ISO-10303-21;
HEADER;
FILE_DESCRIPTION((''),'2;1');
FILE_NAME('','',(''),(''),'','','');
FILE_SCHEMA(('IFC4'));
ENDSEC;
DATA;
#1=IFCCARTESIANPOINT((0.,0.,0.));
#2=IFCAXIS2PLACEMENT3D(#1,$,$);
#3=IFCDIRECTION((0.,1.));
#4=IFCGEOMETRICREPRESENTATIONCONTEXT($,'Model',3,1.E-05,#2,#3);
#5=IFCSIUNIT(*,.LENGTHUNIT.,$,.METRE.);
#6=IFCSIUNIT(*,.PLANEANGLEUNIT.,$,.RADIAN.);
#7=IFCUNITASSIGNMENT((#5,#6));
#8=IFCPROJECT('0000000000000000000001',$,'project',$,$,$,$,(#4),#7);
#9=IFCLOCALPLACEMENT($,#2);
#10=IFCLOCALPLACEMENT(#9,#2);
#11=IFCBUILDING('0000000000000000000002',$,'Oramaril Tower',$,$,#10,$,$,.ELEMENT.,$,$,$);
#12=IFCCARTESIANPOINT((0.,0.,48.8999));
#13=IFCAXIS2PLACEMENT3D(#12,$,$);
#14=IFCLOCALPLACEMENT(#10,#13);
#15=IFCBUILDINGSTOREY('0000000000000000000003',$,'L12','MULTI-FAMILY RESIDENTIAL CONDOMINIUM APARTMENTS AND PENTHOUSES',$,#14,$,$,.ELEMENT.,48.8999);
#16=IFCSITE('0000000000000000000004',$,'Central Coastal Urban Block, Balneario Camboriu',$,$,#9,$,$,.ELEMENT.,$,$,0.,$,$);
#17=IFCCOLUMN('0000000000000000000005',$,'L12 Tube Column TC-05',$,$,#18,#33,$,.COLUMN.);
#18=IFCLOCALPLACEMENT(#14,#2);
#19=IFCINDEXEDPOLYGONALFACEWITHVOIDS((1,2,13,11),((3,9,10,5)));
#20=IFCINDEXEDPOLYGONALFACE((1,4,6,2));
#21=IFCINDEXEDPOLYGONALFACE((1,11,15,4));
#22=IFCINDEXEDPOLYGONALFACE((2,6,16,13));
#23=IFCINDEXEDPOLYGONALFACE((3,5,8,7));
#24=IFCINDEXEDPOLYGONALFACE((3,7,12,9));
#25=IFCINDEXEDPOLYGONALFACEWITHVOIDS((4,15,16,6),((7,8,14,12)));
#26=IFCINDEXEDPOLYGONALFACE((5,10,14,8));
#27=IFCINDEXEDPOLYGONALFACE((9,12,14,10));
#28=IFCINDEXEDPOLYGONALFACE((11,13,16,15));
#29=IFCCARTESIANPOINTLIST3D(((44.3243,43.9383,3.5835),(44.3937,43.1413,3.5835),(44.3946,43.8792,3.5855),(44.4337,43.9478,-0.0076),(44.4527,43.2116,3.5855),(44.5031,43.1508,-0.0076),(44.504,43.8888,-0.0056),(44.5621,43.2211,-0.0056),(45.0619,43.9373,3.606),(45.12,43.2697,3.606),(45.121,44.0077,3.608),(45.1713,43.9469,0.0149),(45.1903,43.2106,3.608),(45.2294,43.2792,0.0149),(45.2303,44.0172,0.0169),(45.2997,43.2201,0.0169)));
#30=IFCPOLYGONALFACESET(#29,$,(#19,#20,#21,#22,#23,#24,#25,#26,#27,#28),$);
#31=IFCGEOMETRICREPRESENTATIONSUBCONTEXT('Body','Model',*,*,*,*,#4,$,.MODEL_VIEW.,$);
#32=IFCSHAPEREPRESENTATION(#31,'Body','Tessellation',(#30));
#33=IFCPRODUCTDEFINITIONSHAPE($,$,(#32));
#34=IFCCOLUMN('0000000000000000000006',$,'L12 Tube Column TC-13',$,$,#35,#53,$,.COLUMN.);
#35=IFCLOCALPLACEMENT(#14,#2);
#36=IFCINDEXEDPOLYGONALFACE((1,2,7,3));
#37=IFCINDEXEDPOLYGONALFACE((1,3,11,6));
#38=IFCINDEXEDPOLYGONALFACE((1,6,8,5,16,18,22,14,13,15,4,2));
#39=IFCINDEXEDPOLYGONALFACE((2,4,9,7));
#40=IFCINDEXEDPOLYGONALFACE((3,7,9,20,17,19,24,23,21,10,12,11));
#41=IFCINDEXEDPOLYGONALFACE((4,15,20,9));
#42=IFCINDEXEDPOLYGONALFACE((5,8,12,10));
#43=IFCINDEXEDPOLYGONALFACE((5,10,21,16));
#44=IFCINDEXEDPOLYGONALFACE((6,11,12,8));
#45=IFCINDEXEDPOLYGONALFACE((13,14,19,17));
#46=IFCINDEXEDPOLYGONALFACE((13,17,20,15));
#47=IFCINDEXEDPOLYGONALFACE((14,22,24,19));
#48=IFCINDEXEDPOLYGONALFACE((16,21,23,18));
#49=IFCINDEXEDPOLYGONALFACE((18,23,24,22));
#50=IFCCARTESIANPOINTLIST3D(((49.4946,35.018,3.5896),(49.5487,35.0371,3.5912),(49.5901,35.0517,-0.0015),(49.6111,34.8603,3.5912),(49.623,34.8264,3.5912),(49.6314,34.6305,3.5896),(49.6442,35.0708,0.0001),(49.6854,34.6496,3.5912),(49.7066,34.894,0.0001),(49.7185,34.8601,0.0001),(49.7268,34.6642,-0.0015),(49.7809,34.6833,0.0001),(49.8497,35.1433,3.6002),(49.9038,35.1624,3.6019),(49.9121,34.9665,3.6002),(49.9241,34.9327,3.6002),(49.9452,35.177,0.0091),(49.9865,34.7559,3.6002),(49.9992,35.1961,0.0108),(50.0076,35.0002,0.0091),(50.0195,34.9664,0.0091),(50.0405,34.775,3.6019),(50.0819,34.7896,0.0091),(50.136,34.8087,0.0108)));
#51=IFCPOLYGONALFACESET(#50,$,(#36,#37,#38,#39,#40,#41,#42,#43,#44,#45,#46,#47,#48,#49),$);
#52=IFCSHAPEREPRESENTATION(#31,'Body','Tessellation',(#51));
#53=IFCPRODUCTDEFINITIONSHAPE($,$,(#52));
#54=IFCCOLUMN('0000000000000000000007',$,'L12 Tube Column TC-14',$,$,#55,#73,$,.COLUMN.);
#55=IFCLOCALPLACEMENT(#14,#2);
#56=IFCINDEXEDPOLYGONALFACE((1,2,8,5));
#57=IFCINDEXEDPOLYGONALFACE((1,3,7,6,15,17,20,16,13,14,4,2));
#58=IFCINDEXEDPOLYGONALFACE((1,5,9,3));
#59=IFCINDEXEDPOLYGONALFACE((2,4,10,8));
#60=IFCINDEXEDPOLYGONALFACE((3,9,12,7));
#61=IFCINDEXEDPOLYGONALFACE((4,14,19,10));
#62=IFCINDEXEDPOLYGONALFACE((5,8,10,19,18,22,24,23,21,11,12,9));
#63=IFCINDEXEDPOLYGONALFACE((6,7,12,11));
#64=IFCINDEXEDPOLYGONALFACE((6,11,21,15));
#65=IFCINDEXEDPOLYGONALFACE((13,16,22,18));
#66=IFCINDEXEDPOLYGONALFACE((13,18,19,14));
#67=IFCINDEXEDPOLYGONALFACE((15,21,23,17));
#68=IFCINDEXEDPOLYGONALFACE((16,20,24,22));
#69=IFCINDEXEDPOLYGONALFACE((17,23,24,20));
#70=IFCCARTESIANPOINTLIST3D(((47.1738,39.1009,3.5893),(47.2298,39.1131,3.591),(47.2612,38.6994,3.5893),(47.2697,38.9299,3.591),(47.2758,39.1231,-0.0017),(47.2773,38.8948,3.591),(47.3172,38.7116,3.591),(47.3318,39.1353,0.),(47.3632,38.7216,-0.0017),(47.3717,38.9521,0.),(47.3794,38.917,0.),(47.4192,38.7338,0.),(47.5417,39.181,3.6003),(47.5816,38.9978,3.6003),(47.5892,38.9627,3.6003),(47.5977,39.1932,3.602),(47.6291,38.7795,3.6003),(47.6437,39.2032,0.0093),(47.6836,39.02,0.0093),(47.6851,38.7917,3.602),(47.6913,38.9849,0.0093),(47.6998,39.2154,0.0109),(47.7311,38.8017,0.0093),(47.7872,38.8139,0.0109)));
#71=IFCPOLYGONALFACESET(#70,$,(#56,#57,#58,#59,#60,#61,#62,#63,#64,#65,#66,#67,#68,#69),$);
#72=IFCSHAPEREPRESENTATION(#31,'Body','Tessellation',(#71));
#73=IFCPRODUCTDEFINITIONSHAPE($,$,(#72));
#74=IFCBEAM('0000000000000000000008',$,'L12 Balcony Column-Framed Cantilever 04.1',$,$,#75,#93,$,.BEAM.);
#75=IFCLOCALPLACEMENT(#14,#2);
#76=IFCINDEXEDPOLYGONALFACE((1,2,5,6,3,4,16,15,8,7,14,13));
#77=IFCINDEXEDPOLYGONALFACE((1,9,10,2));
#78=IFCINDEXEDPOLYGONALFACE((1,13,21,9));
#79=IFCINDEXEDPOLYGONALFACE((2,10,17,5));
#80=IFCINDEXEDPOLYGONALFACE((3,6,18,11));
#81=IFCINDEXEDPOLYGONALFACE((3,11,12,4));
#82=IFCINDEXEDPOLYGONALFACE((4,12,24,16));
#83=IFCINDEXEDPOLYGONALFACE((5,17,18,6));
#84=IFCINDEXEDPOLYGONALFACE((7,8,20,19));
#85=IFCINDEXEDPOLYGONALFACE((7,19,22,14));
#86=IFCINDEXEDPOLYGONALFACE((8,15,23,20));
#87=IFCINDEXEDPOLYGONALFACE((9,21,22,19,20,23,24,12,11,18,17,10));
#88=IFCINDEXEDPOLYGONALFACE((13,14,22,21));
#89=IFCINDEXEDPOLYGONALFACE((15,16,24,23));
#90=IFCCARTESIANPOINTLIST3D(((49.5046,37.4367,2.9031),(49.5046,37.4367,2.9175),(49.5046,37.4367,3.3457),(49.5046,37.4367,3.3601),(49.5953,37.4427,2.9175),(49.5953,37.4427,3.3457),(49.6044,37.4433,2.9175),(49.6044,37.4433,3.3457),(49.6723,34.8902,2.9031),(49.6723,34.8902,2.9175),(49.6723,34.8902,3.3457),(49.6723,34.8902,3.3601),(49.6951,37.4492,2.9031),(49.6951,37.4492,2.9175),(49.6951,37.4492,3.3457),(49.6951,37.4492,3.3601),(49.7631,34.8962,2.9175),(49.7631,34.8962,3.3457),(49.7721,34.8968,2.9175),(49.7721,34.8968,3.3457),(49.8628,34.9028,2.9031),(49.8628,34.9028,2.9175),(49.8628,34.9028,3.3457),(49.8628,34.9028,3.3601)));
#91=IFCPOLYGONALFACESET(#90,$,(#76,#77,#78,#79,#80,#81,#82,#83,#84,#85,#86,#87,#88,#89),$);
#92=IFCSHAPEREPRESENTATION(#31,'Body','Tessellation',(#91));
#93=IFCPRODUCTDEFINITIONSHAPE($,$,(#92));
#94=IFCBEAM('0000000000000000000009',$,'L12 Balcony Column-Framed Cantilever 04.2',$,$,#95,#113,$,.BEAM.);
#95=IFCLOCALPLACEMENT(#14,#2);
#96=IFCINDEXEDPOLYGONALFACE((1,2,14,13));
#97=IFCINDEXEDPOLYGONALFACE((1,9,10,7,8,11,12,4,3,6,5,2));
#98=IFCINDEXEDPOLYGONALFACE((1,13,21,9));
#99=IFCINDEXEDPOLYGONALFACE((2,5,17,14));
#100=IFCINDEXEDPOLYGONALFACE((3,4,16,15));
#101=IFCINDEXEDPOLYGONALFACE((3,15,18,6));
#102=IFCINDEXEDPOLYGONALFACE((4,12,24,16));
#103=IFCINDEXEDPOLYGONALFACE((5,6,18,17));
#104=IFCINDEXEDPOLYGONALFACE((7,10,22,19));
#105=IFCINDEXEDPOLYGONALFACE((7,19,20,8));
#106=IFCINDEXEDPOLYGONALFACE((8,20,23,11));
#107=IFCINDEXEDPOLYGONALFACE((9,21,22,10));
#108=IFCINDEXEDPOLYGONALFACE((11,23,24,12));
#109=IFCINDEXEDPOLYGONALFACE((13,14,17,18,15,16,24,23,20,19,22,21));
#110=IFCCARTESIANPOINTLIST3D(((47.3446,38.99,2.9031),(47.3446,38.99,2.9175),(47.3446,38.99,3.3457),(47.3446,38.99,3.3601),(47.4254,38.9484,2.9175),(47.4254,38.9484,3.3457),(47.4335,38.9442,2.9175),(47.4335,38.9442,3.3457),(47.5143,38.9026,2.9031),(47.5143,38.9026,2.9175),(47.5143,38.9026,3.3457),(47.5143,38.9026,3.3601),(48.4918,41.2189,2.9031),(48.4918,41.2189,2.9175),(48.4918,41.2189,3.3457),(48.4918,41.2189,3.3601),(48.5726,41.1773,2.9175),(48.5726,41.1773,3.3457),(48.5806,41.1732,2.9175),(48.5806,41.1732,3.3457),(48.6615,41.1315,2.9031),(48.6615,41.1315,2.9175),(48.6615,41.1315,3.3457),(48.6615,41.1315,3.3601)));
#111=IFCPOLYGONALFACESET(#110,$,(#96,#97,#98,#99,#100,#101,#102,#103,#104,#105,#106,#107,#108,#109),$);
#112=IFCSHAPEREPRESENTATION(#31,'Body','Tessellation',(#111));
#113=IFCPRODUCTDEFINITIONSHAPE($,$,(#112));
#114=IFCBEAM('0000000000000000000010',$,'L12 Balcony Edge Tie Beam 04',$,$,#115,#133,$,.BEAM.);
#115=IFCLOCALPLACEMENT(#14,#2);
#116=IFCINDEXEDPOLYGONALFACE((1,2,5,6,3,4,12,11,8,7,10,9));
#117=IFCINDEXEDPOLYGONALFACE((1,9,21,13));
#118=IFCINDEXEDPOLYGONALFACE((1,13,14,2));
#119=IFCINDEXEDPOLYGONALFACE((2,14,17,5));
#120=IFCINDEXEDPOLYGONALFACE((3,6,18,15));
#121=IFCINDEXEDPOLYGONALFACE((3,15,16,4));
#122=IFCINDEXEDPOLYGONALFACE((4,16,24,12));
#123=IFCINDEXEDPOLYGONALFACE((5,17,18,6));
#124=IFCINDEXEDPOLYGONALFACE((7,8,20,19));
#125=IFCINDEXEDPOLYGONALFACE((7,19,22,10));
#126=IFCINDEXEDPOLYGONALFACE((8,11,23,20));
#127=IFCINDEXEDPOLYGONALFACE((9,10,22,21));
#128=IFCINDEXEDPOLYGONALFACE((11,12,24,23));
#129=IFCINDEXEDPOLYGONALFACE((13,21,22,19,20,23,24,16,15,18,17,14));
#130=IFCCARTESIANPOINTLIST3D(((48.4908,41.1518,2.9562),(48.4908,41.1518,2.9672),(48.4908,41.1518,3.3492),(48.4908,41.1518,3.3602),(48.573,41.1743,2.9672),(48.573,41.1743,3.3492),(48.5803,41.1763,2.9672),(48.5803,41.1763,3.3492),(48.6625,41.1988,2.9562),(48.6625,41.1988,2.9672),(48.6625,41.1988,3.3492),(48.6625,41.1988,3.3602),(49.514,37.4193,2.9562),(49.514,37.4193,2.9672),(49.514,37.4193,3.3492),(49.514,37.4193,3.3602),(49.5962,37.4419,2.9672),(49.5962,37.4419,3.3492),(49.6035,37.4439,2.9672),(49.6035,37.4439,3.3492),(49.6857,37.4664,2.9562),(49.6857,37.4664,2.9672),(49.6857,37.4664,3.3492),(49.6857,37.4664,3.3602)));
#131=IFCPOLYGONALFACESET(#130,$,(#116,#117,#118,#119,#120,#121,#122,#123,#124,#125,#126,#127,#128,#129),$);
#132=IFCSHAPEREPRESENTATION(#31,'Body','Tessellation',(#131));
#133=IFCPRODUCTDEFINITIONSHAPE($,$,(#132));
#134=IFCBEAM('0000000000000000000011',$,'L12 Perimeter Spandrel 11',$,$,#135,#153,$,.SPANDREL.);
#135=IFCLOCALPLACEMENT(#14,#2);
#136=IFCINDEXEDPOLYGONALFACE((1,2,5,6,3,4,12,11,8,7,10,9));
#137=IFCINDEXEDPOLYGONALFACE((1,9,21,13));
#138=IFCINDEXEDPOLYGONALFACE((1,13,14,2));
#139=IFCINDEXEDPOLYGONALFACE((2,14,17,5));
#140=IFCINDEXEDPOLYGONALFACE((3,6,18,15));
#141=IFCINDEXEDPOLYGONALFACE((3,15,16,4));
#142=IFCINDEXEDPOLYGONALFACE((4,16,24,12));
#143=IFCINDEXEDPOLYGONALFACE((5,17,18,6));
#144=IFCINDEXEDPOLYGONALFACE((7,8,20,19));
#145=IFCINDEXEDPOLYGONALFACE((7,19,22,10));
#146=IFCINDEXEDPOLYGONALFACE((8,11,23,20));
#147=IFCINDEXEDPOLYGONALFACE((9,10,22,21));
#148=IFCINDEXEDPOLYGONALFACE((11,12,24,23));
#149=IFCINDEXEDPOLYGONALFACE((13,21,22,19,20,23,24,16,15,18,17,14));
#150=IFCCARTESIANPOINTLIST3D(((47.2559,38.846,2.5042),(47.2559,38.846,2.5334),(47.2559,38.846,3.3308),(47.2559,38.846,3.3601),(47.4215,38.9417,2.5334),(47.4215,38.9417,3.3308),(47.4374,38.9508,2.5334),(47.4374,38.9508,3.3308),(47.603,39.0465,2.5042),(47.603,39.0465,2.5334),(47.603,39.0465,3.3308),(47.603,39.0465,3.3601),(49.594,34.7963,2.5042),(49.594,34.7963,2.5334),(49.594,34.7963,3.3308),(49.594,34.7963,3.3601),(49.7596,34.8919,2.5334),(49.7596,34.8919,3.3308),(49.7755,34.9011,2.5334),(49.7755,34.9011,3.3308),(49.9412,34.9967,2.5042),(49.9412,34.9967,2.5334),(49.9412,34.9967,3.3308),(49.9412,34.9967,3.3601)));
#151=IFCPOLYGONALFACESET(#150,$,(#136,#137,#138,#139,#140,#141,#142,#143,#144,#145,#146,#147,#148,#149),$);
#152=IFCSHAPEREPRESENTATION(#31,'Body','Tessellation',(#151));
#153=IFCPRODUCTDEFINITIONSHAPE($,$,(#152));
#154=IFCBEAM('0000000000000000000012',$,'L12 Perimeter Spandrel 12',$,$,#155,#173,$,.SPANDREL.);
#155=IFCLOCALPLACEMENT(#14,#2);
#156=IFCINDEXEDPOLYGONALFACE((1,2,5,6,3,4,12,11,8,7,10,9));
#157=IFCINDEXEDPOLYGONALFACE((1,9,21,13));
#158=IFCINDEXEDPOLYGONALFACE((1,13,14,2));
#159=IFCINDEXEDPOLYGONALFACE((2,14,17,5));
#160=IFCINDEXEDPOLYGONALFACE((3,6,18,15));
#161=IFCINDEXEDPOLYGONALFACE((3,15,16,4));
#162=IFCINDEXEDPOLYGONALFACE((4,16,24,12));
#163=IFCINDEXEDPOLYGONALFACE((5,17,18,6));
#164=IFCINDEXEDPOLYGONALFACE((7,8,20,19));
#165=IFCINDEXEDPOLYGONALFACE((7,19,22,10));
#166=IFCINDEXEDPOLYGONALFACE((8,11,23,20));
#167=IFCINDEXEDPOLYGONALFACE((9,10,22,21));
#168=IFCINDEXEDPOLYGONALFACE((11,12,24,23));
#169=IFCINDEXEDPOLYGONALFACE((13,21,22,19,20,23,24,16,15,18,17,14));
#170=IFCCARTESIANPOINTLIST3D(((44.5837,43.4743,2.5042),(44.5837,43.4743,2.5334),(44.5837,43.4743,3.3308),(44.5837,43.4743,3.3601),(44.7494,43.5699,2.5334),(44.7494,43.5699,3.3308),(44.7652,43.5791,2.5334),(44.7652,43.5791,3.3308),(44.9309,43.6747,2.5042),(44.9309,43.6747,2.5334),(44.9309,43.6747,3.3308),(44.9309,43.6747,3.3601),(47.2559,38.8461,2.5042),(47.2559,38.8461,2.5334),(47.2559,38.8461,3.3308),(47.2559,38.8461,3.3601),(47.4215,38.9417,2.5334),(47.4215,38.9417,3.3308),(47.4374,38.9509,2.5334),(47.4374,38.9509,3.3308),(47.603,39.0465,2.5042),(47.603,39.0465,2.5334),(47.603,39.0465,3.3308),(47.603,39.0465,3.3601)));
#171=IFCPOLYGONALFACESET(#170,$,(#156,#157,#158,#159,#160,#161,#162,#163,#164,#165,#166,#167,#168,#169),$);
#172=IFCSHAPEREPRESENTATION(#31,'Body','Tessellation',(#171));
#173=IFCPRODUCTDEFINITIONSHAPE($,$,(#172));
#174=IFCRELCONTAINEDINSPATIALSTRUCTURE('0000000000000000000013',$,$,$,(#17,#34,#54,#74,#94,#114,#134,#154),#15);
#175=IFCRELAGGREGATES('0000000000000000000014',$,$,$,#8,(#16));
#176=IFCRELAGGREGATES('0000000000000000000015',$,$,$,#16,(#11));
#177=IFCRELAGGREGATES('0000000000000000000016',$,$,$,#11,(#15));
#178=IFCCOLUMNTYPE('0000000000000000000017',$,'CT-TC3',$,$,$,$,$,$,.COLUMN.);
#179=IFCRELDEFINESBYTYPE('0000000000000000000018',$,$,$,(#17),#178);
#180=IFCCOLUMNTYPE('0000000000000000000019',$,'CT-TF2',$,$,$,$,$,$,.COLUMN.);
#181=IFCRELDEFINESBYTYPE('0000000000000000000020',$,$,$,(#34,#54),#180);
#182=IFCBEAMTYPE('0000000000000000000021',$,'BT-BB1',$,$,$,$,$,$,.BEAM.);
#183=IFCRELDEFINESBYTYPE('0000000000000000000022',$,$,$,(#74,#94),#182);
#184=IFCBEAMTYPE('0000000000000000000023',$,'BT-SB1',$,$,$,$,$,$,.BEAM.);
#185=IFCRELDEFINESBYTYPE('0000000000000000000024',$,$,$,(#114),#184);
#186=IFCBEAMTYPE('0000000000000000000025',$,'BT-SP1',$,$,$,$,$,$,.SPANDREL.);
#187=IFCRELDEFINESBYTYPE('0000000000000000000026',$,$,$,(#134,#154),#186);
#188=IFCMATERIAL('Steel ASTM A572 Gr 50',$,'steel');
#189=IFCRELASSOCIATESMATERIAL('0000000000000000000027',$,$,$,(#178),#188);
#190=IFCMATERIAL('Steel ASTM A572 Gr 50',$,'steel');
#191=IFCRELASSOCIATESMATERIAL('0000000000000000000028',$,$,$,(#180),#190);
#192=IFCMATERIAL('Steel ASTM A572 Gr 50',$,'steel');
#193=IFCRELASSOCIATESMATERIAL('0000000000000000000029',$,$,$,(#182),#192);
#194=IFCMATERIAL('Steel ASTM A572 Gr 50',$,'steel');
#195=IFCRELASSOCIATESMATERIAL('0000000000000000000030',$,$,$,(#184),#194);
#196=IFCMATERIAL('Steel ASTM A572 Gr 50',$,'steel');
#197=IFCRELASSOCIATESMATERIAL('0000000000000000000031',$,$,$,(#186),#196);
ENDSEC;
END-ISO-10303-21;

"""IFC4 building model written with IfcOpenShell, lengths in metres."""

from ifc_helpers import new_model, si_unit, direction, frame, origin, origin_2d, place, context, subcontext, project, spatial, hollow_rectangle, i_section, extrude, material, material_profile, profile_set, type_object, element, save


model = new_model("IFC4")

# Units and contexts
model_context = context("Model", 3, precision=1e-05, world=origin(), true_north=direction((0.0, 1.0)))
body_context = subcontext(model_context, "Body", "Model", "MODEL_VIEW")
ifc_project = project(units=[si_unit("LENGTHUNIT", "METRE"), si_unit("PLANEANGLEUNIT", "RADIAN")], contexts=[model_context])

# Site, building, storey
site_placement = place(None, origin())
site = spatial("IfcSite", under=ifc_project, at=site_placement, Name="Central Coastal Urban Block, Balneario Camboriu", CompositionType="ELEMENT", RefElevation=0.0)
building_placement = place(site_placement, origin())
building = spatial("IfcBuilding", under=site, at=building_placement, Name="Oramaril Tower", CompositionType="ELEMENT")
storey_placement = place(building_placement, frame((0.0, 0.0, 48.8999)))
storey = spatial("IfcBuildingStorey", under=building, at=storey_placement, Name="L12", Description="MULTI-FAMILY RESIDENTIAL CONDOMINIUM APARTMENTS AND PENTHOUSES", CompositionType="ELEMENT", Elevation=48.8999)

# Columns
ifc_material_1 = material(Name="Steel ASTM A572 Gr 50", Category="steel")
ifc_material_profile_1 = material_profile(ifc_material_1, hollow_rectangle(XDim=0.8, YDim=0.8, WallThickness=0.0649, at=origin_2d()), Name="BOX800X800X65")
ifc_profile_set_1 = profile_set([ifc_material_profile_1], Name="Steel ASTM A572 Gr 50")
column_type_1 = type_object("IfcColumnType", Name="CT-TC3", PredefinedType="COLUMN", material=ifc_profile_set_1)
column_placement = place(storey_placement, frame((44.8667, 43.584, 0.0046), z_axis=(-0.030443, -0.00265, 0.999533), x_axis=(0.086726, -0.996232, 0.0)))
element("IfcColumn", 1, at=column_placement, inside=storey, type_object=column_type_1, Name="L12 Tube Column TC-05", PredefinedType="COLUMN", context=body_context, shape_type="SweptSolid", body=[
    extrude(hollow_rectangle(XDim=0.8, YDim=0.8, WallThickness=0.0649, at=origin_2d()), origin(), (0.0, 0.0, 1.0), 3.5928),
])
ifc_material_2 = material(Name="Steel ASTM A572 Gr 50", Category="steel")
ifc_material_profile_2 = material_profile(ifc_material_2, i_section(OverallWidth=0.4109, OverallDepth=0.4341, WebThickness=0.0359, FlangeThickness=0.0574, at=origin_2d()), Name="W14X311")
ifc_profile_set_2 = profile_set([ifc_material_profile_2], Name="Steel ASTM A572 Gr 50")
column_type_2 = type_object("IfcColumnType", Name="CT-TF2", PredefinedType="COLUMN", material=ifc_profile_set_2)
for number, where, z_axis, x_axis, name in (
    (2, (49.863, 34.9302, 0.0046), (-0.026572, -0.009378, 0.999603), (0.33282, -0.94299, 0.0), "L12 Tube Column TC-13"),
    (3, (47.5315, 38.9685, 0.0046), (-0.028406, -0.006184, 0.999577), (0.212721, -0.977113, 0.0), "L12 Tube Column TC-14"),
):
    element("IfcColumn", number, at=place(storey_placement, frame(where, z_axis=z_axis, x_axis=x_axis)), inside=storey, type_object=column_type_2, Name=name, PredefinedType="COLUMN", context=body_context, shape_type="SweptSolid", body=[
        extrude(i_section(OverallWidth=0.4109, OverallDepth=0.4341, WebThickness=0.0359, FlangeThickness=0.0574, at=origin_2d()), origin(), (0.0, 0.0, 1.0), 3.5925),
    ])

# Beams
ifc_material_3 = material(Name="Steel ASTM A572 Gr 50", Category="steel")
ifc_material_profile_3 = material_profile(ifc_material_3, i_section(OverallWidth=0.1909, OverallDepth=0.457, WebThickness=0.009, FlangeThickness=0.0144, at=origin_2d()), Name="W18X50")
ifc_profile_set_3 = profile_set([ifc_material_profile_3], Name="Steel ASTM A572 Gr 50")
beam_type_1 = type_object("IfcBeamType", Name="BT-BB1", PredefinedType="BEAM", material=ifc_profile_set_3)
beam_1_placement = place(storey_placement, frame((49.7676, 34.8965, 3.1316), z_axis=(-0.065725, 0.997838, 0.0), x_axis=(-0.997838, -0.065725, 0.0)))
element("IfcBeam", 4, at=beam_1_placement, inside=storey, type_object=beam_type_1, Name="L12 Balcony Column-Framed Cantilever 04.1", PredefinedType="BEAM", context=body_context, shape_type="SweptSolid", body=[
    extrude(i_section(OverallWidth=0.1909, OverallDepth=0.457, WebThickness=0.009, FlangeThickness=0.0144, at=origin_2d()), origin(), (0.0, 0.0, 1.0), 2.552),
])
beam_2_placement = place(storey_placement, frame((47.4294, 38.9463, 3.1316), z_axis=(0.457623, 0.889146, 0.0), x_axis=(-0.889146, 0.457623, 0.0)))
element("IfcBeam", 5, at=beam_2_placement, inside=storey, type_object=beam_type_1, Name="L12 Balcony Column-Framed Cantilever 04.2", PredefinedType="BEAM", context=body_context, shape_type="SweptSolid", body=[
    extrude(i_section(OverallWidth=0.1909, OverallDepth=0.457, WebThickness=0.009, FlangeThickness=0.0144, at=origin_2d()), origin(), (0.0, 0.0, 1.0), 2.5068),
])
ifc_material_4 = material(Name="Steel ASTM A572 Gr 50", Category="steel")
ifc_material_profile_4 = material_profile(ifc_material_4, i_section(OverallWidth=0.178, OverallDepth=0.4041, WebThickness=0.0076, FlangeThickness=0.011, at=origin_2d()), Name="W16X36")
ifc_profile_set_4 = profile_set([ifc_material_profile_4], Name="Steel ASTM A572 Gr 50")
beam_type_2 = type_object("IfcBeamType", Name="BT-SB1", PredefinedType="BEAM", material=ifc_profile_set_4)
beam_3_placement = place(storey_placement, frame((49.5999, 37.4429, 3.1582), z_axis=(-0.264382, 0.964418, 0.0), x_axis=(-0.964418, -0.264382, 0.0)))
element("IfcBeam", 6, at=beam_3_placement, inside=storey, type_object=beam_type_2, Name="L12 Balcony Edge Tie Beam 04", PredefinedType="BEAM", context=body_context, shape_type="SweptSolid", body=[
    extrude(i_section(OverallWidth=0.178, OverallDepth=0.4041, WebThickness=0.0076, FlangeThickness=0.011, at=origin_2d()), origin(), (0.0, 0.0, 1.0), 3.8701),
])
ifc_material_5 = material(Name="Steel ASTM A572 Gr 50", Category="steel")
ifc_material_profile_5 = material_profile(ifc_material_5, i_section(OverallWidth=0.4009, OverallDepth=0.856, WebThickness=0.0183, FlangeThickness=0.0293, at=origin_2d()), Name="W33X201")
ifc_profile_set_5 = profile_set([ifc_material_profile_5], Name="Steel ASTM A572 Gr 50")
beam_type_3 = type_object("IfcBeamType", Name="BT-SP1", PredefinedType="SPANDREL", material=ifc_profile_set_5)
beam_4_placement = place(storey_placement, frame((49.7676, 34.8965, 2.9321), z_axis=(-0.499997, 0.866027, 0.0), x_axis=(-0.866027, -0.499997, 0.0)))
element("IfcBeam", 7, at=beam_4_placement, inside=storey, type_object=beam_type_3, Name="L12 Perimeter Spandrel 11", PredefinedType="SPANDREL", context=body_context, shape_type="SweptSolid", body=[
    extrude(i_section(OverallWidth=0.4009, OverallDepth=0.856, WebThickness=0.0183, FlangeThickness=0.0293, at=origin_2d()), origin(), (0.0, 0.0, 1.0), 4.6763),
])
beam_5_placement = place(storey_placement, frame((47.4294, 38.9463, 2.9321), z_axis=(-0.500006, 0.866022, 0.0), x_axis=(-0.866022, -0.500006, 0.0)))
element("IfcBeam", 8, at=beam_5_placement, inside=storey, type_object=beam_type_3, Name="L12 Perimeter Spandrel 12", PredefinedType="SPANDREL", context=body_context, shape_type="SweptSolid", body=[
    extrude(i_section(OverallWidth=0.4009, OverallDepth=0.856, WebThickness=0.0183, FlangeThickness=0.0293, at=origin_2d()), origin(), (0.0, 0.0, 1.0), 5.3442),
])

save(model, "model.ifc")
